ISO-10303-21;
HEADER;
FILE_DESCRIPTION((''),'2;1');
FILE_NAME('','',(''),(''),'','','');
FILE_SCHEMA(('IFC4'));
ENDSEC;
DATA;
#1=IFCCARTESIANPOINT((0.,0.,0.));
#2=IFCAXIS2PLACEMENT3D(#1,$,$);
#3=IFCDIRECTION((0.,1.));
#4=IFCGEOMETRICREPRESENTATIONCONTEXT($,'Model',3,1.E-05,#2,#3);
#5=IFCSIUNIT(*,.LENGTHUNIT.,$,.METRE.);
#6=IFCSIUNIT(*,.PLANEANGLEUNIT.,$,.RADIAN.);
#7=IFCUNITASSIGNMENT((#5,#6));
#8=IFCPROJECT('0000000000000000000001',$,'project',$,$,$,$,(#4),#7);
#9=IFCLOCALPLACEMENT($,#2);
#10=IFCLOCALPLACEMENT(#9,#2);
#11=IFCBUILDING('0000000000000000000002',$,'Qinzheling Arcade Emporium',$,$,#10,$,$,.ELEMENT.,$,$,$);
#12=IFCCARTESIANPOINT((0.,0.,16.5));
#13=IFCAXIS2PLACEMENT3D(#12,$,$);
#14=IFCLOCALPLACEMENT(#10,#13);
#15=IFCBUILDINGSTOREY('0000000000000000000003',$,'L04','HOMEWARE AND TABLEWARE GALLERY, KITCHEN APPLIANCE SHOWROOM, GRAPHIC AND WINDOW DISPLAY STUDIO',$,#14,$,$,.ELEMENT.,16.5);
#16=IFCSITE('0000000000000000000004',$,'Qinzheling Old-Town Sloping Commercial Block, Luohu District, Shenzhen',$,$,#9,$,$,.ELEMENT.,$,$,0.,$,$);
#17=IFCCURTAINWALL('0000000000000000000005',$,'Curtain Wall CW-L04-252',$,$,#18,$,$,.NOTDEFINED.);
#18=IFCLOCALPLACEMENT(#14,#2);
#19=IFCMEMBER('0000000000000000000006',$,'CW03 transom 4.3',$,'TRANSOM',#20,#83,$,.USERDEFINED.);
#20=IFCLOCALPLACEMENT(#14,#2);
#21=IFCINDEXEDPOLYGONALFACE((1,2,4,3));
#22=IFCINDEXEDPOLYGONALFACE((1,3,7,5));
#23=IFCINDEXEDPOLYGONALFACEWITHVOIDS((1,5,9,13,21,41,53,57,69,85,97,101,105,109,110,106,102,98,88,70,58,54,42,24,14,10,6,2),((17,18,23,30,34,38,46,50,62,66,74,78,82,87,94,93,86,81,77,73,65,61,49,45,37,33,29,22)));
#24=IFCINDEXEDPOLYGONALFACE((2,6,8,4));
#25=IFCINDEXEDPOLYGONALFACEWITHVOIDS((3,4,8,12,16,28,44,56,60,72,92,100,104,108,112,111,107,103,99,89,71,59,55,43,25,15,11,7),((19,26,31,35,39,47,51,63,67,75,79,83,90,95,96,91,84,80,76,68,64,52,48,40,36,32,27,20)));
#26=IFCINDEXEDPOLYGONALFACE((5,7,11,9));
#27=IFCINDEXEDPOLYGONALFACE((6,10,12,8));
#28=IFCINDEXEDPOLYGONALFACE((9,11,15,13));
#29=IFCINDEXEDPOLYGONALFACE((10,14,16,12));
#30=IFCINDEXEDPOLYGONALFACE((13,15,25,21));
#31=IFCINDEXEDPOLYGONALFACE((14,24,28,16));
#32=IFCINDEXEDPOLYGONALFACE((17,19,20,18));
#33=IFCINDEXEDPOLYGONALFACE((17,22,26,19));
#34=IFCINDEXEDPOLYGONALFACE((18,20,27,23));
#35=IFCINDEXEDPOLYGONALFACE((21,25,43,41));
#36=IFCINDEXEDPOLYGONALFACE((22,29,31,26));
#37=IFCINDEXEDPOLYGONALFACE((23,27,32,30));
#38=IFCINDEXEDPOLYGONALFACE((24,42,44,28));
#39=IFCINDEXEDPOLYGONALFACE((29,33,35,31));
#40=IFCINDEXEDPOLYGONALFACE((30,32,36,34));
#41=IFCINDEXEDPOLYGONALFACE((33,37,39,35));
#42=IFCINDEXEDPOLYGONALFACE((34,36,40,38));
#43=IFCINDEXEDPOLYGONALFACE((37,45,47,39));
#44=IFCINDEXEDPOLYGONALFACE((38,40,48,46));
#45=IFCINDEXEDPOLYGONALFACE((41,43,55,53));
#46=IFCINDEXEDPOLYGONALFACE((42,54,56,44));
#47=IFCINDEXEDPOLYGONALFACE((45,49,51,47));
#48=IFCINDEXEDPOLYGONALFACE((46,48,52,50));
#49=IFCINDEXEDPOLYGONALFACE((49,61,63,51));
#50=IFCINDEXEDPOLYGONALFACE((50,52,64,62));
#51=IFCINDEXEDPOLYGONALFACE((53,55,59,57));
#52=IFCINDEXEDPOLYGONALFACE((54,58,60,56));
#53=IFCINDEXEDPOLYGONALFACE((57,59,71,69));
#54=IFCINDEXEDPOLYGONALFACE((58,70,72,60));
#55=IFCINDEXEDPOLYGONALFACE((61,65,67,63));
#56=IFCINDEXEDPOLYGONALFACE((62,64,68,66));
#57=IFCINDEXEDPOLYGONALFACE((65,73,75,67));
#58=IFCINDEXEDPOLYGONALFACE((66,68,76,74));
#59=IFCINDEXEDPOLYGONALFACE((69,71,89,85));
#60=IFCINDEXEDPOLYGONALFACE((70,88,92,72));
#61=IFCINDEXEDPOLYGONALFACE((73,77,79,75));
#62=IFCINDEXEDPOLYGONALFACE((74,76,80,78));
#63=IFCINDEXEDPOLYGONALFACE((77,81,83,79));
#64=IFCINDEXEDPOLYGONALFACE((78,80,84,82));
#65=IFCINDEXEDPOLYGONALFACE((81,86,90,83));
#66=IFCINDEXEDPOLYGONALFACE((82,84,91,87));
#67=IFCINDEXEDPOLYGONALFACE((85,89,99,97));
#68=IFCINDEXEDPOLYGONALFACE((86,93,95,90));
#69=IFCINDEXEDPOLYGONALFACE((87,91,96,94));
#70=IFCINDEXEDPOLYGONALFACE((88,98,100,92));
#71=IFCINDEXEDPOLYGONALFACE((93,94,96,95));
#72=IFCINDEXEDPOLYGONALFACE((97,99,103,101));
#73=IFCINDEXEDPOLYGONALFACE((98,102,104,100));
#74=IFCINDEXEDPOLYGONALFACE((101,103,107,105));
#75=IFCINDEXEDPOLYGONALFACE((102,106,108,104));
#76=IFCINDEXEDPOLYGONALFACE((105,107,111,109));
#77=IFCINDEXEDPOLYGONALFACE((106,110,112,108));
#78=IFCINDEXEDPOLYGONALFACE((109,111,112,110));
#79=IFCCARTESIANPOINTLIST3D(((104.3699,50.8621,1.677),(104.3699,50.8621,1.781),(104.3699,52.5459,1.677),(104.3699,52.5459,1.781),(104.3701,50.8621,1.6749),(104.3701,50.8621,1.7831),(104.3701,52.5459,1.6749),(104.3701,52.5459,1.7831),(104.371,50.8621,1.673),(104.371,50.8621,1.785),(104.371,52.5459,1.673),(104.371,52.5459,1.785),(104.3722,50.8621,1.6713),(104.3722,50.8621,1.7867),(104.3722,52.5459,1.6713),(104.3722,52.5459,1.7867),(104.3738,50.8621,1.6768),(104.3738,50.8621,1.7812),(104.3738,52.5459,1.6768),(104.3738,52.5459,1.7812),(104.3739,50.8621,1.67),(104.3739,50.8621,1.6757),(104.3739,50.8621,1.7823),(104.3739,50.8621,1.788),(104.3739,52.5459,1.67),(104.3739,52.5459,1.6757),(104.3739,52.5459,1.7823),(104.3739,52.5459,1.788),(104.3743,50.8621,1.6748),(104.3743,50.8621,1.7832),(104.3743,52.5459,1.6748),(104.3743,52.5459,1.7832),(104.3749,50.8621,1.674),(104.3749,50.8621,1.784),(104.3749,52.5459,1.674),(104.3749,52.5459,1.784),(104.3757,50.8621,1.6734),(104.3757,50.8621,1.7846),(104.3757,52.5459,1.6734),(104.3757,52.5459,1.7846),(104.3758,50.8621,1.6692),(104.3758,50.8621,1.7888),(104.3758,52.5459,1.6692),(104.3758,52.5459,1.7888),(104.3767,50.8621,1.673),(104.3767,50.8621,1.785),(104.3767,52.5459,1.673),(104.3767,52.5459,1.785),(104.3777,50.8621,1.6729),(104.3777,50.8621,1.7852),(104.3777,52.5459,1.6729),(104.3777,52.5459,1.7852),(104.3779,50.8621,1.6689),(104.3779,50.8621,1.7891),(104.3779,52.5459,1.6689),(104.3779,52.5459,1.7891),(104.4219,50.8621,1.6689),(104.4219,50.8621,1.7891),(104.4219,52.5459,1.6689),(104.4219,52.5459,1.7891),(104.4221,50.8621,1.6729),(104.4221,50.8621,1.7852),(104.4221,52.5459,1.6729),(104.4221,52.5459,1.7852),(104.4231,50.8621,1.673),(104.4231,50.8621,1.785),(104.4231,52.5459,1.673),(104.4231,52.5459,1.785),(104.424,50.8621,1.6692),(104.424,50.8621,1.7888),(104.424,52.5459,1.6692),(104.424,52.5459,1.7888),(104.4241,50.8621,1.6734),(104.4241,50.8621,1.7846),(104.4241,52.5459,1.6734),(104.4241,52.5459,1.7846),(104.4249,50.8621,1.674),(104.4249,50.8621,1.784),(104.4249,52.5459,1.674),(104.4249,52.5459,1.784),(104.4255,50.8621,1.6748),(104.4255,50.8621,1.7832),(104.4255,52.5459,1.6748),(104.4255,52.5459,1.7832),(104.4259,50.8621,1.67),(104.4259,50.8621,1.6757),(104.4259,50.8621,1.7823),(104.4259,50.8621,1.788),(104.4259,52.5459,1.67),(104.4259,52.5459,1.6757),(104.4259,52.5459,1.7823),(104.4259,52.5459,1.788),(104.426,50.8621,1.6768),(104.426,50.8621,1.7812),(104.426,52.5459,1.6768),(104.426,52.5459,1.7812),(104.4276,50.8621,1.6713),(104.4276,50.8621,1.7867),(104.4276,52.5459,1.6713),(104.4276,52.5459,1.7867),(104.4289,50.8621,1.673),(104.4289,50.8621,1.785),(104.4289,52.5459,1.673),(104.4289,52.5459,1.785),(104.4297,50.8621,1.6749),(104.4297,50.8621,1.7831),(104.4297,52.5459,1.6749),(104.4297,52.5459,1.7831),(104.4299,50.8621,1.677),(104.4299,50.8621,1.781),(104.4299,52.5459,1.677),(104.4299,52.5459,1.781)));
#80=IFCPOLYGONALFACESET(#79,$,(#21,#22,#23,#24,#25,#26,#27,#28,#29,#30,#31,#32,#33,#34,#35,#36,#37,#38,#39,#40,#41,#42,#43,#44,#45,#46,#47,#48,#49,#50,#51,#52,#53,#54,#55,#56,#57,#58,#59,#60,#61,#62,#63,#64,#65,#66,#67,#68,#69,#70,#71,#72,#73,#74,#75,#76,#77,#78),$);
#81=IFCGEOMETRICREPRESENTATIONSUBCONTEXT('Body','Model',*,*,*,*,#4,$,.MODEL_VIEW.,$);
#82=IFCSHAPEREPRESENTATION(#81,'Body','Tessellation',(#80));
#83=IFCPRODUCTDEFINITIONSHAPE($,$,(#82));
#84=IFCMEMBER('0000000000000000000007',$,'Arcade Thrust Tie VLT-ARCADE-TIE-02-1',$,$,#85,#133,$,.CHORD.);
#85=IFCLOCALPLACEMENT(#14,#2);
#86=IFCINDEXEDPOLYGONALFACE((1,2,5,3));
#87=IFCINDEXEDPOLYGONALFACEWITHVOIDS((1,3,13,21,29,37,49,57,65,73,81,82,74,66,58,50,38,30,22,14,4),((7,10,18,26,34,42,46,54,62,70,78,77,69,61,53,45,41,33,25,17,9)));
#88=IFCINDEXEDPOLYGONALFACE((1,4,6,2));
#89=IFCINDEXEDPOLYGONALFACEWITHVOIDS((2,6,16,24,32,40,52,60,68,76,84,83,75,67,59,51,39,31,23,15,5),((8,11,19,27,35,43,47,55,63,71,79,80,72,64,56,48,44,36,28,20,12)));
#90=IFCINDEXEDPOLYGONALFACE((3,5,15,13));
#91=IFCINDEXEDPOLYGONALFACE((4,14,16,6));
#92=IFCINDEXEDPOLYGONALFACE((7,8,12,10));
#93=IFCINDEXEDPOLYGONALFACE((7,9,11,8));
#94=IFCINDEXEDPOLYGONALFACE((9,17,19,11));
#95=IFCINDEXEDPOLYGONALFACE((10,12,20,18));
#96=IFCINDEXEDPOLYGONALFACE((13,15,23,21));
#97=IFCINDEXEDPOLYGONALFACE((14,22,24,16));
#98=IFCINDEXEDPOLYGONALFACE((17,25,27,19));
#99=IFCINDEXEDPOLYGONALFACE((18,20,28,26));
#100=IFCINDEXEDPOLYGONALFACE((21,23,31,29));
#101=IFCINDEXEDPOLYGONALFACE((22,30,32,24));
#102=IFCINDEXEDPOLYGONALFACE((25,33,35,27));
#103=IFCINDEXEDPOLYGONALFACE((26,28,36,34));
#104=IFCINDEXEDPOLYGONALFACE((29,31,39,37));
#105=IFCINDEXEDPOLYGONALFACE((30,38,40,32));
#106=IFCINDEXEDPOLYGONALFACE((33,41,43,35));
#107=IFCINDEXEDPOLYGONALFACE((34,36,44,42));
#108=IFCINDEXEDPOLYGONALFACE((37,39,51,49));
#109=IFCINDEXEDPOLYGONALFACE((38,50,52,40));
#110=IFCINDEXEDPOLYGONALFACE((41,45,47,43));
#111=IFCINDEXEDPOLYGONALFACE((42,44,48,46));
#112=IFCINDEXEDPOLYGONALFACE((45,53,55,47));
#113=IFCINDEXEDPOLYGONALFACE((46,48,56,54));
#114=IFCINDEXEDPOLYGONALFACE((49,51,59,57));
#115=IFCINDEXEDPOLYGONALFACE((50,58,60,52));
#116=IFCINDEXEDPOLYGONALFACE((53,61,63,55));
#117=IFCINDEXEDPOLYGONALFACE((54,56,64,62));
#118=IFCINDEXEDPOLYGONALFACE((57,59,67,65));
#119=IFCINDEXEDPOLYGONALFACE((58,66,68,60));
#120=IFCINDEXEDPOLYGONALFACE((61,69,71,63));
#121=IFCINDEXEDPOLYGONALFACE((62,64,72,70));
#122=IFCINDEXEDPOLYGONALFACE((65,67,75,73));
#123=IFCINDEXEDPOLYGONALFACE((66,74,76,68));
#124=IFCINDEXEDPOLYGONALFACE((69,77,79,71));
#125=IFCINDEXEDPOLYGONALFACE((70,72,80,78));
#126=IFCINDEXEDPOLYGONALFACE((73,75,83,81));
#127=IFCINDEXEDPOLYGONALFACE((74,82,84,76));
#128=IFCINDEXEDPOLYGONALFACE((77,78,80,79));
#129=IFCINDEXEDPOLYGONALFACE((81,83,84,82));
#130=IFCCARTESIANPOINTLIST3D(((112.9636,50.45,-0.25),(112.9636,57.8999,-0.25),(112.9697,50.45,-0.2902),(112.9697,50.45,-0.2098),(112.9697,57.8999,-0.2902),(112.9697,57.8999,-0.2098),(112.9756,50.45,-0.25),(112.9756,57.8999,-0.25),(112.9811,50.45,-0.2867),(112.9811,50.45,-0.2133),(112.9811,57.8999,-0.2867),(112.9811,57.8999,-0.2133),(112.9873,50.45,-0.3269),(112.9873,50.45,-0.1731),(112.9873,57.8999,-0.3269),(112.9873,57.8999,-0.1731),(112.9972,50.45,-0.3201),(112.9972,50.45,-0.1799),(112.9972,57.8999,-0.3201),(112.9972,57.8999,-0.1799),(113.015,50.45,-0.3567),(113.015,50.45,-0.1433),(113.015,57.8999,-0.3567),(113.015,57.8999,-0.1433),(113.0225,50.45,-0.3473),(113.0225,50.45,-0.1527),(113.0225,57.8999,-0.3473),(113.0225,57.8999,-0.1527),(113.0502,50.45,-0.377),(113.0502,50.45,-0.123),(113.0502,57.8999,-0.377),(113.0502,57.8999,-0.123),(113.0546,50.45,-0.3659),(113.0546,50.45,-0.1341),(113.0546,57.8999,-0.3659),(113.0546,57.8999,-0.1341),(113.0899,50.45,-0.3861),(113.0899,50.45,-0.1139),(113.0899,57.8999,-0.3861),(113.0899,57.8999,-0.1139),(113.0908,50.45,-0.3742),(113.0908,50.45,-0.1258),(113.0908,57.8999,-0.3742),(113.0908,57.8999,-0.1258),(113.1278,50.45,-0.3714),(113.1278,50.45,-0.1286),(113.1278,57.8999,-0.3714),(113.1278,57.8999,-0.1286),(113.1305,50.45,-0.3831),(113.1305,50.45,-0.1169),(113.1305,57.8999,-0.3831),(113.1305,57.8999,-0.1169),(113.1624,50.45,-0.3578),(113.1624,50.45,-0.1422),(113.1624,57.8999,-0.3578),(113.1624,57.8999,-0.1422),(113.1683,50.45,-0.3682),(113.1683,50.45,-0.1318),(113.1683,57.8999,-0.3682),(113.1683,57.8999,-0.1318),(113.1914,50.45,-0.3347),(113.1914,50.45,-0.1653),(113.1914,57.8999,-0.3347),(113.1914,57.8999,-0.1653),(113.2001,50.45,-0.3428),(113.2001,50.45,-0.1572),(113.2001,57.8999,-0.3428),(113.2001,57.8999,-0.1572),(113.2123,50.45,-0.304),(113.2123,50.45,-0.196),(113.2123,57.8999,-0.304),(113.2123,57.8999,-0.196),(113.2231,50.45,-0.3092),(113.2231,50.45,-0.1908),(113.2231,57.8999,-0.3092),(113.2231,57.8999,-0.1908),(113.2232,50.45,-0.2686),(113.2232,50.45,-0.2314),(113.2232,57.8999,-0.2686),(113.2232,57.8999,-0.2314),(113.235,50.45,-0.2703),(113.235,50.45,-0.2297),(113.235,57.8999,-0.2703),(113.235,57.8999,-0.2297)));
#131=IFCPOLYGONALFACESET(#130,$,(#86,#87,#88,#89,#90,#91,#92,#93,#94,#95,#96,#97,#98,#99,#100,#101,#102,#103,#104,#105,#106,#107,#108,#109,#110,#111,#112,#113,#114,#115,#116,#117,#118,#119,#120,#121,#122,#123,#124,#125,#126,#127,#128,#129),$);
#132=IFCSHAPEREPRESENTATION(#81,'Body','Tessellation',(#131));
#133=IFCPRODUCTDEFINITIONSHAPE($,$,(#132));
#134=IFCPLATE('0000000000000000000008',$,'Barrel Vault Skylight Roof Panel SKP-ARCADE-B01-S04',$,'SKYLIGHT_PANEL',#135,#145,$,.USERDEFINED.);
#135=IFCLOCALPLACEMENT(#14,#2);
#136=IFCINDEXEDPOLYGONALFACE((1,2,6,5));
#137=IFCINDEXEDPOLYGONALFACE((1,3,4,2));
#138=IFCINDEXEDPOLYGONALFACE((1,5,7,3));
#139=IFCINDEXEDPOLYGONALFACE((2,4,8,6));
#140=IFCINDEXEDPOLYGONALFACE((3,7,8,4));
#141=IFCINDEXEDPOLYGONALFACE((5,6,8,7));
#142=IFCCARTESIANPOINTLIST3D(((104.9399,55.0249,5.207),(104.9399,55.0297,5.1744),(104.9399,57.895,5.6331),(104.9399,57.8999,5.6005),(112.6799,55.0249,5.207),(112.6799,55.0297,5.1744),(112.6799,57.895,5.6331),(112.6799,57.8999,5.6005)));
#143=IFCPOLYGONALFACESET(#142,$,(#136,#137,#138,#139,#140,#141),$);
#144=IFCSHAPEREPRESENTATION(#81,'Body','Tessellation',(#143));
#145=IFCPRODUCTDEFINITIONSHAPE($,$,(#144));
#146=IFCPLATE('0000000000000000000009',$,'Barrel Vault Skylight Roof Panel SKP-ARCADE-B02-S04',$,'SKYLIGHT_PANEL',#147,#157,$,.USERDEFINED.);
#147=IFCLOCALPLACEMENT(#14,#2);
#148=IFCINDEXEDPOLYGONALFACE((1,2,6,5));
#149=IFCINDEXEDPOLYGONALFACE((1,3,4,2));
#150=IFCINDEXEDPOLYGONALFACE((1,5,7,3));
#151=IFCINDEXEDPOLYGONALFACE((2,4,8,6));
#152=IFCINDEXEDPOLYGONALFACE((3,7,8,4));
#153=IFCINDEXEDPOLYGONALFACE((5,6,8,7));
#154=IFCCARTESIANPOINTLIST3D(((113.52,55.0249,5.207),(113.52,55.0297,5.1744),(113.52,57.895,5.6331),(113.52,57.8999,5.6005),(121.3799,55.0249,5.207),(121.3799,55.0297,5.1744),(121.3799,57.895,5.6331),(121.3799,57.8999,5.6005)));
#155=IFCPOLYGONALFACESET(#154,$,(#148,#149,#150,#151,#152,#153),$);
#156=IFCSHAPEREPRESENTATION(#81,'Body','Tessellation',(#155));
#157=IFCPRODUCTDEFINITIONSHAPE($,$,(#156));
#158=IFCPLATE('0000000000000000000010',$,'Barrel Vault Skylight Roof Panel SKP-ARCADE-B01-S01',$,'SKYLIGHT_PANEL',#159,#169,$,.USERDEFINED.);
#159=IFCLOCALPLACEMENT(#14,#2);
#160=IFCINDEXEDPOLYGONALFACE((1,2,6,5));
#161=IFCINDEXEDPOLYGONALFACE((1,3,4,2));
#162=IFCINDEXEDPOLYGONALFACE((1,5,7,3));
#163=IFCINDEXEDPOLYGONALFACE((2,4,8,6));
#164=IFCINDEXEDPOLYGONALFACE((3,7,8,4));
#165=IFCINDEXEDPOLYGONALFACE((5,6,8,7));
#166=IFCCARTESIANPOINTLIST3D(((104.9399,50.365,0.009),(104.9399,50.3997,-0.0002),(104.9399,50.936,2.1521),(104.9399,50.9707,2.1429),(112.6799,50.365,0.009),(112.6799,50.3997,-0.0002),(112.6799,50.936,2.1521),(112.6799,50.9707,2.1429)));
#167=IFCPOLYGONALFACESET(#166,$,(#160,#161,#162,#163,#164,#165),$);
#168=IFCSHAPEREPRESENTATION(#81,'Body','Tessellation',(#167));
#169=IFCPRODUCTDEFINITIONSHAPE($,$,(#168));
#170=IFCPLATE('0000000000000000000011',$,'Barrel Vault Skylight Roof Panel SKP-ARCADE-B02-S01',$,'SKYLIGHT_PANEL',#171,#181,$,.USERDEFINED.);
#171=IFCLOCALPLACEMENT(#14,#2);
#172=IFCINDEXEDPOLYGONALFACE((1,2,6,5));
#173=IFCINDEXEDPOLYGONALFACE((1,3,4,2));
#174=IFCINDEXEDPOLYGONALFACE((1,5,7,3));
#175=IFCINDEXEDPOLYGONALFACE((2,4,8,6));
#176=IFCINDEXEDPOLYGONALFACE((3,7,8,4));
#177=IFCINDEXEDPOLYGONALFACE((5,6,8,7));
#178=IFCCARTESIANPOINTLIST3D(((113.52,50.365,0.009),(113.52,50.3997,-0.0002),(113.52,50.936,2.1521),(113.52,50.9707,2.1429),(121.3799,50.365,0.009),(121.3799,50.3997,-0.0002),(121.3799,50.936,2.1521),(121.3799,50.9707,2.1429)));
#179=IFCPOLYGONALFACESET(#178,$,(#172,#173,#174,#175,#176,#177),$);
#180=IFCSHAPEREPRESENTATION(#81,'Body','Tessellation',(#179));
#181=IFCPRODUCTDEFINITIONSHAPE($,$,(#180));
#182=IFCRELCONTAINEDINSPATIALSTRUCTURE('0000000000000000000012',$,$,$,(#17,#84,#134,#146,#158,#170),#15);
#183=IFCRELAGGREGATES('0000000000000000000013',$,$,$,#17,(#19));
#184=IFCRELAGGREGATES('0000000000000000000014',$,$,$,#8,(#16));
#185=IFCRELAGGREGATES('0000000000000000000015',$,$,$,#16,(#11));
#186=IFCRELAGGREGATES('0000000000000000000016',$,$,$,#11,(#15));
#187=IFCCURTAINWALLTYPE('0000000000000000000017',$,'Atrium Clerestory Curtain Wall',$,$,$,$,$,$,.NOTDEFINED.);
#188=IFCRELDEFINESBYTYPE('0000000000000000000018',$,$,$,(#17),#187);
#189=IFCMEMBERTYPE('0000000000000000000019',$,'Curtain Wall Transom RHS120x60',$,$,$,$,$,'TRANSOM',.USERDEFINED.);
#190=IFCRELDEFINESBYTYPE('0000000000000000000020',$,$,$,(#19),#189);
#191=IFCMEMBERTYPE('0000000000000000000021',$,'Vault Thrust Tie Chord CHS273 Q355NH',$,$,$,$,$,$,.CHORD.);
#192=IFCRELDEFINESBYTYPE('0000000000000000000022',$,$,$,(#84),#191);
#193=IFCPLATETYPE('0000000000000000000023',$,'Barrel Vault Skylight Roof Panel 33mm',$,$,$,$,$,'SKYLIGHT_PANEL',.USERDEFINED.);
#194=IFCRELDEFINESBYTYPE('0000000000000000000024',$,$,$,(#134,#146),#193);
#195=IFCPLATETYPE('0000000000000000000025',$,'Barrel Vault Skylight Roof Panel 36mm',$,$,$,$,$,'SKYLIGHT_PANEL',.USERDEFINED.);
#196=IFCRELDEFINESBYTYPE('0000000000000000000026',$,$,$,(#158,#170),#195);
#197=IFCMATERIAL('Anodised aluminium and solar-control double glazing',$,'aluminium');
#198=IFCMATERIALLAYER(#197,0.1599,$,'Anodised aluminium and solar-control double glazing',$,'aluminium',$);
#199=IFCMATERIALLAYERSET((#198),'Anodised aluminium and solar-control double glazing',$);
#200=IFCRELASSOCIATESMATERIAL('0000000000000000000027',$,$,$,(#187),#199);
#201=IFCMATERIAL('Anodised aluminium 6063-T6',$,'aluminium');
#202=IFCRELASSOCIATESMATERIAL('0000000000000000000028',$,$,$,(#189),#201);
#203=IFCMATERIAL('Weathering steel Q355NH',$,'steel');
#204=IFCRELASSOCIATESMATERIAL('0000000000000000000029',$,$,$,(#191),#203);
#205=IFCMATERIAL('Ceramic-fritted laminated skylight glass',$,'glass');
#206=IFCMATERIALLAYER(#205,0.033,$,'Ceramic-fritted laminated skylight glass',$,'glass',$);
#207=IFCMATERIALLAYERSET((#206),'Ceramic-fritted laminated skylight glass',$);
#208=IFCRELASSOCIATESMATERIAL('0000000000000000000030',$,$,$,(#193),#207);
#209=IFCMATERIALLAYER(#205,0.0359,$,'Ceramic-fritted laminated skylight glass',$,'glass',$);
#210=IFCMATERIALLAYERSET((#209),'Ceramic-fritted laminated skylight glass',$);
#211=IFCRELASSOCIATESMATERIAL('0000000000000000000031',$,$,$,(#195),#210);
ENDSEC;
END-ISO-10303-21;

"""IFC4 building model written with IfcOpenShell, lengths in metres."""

from ifc_helpers import new_model, si_unit, direction, frame, origin, origin_2d, place, context, subcontext, project, spatial, polyline, hollow_rectangle, hollow_circle, outline, extrude, material, layer, layer_set, material_profile, profile_set, type_object, element, aggregate, save


model = new_model("IFC4")

# Units and contexts
model_context = context("Model", 3, precision=1e-05, world=origin(), true_north=direction((0.0, 1.0)))
body_context = subcontext(model_context, "Body", "Model", "MODEL_VIEW")
ifc_project = project(units=[si_unit("LENGTHUNIT", "METRE"), si_unit("PLANEANGLEUNIT", "RADIAN")], contexts=[model_context])

# Site, building, storey
site_placement = place(None, origin())
site = spatial("IfcSite", under=ifc_project, at=site_placement, Name="Qinzheling Old-Town Sloping Commercial Block, Luohu District, Shenzhen", CompositionType="ELEMENT", RefElevation=0.0)
building_placement = place(site_placement, origin())
building = spatial("IfcBuilding", under=site, at=building_placement, Name="Qinzheling Arcade Emporium", CompositionType="ELEMENT")
storey_placement = place(building_placement, frame((0.0, 0.0, 16.5)))
storey = spatial("IfcBuildingStorey", under=building, at=storey_placement, Name="L04", Description="HOMEWARE AND TABLEWARE GALLERY, KITCHEN APPLIANCE SHOWROOM, GRAPHIC AND WINDOW DISPLAY STUDIO", CompositionType="ELEMENT", Elevation=16.5)

# Shared definitions
ifc_material_1 = material(Name="Weathering steel Q355NH", Category="steel")

# Curtain wall, member
ifc_material_2 = material(Name="Anodised aluminium and solar-control double glazing", Category="aluminium")
ifc_layer_1 = layer(ifc_material_2, 0.1599, Name="Anodised aluminium and solar-control double glazing", Category="aluminium")
ifc_layer_set_1 = layer_set([ifc_layer_1], Name="Anodised aluminium and solar-control double glazing")
curtain_wall_type = type_object("IfcCurtainWallType", Name="Atrium Clerestory Curtain Wall", PredefinedType="NOTDEFINED", material=ifc_layer_set_1)
curtain_wall_placement = place(storey_placement, origin())
curtain_wall = element("IfcCurtainWall", 1, at=curtain_wall_placement, inside=storey, type_object=curtain_wall_type, Name="Curtain Wall CW-L04-252", PredefinedType="NOTDEFINED")
ifc_material_3 = material(Name="Anodised aluminium 6063-T6", Category="aluminium")
ifc_material_profile_1 = material_profile(ifc_material_3, hollow_rectangle(XDim=0.0601, YDim=0.1201, WallThickness=0.0039, InnerFilletRadius=0.0039, OuterFilletRadius=0.0081, at=origin_2d()), Name="RHS 120x60x4", Category="aluminium")
ifc_profile_set_1 = profile_set([ifc_material_profile_1], Name="Anodised aluminium 6063-T6")
member_type_1 = type_object("IfcMemberType", Name="Curtain Wall Transom RHS120x60", ElementType="TRANSOM", PredefinedType="USERDEFINED", material=ifc_profile_set_1)
member_1_placement = place(storey_placement, frame((104.3999, 52.5459, 1.729), z_axis=(0.0, -1.0, 0.0), x_axis=(1.0, 0.0, 0.0)))
member_1 = element("IfcMember", 2, at=member_1_placement, type_object=member_type_1, Name="CW03 transom 4.3", ObjectType="TRANSOM", PredefinedType="USERDEFINED", context=body_context, shape_type="SweptSolid", body=[
    extrude(hollow_rectangle(XDim=0.0601, YDim=0.1201, WallThickness=0.0039, InnerFilletRadius=0.0039, OuterFilletRadius=0.0081, at=origin_2d()), origin(), (0.0, 0.0, 1.0), 1.6838),
])

# Member
ifc_material_profile_2 = material_profile(ifc_material_1, hollow_circle(Radius=0.1365, WallThickness=0.012, at=origin_2d()), Name="CHS 273x12", Category="steel")
ifc_profile_set_2 = profile_set([ifc_material_profile_2], Name="Weathering steel Q355NH")
member_type_2 = type_object("IfcMemberType", Name="Vault Thrust Tie Chord CHS273 Q355NH", PredefinedType="CHORD", material=ifc_profile_set_2)
member_2_placement = place(storey_placement, frame((113.1001, 50.45, -0.25), z_axis=(0.0, 1.0, 0.0), x_axis=(-1.0, 0.0, 0.0)))
element("IfcMember", 3, at=member_2_placement, inside=storey, type_object=member_type_2, Name="Arcade Thrust Tie VLT-ARCADE-TIE-02-1", PredefinedType="CHORD", context=body_context, shape_type="SweptSolid", body=[
    extrude(hollow_circle(Radius=0.1365, WallThickness=0.012, at=origin_2d()), origin(), (0.0, 0.0, 1.0), 7.45),
])

# Plates
ifc_material_4 = material(Name="Ceramic-fritted laminated skylight glass", Category="glass")
ifc_layer_2 = layer(ifc_material_4, 0.033, Name="Ceramic-fritted laminated skylight glass", Category="glass")
ifc_layer_set_2 = layer_set([ifc_layer_2], Name="Ceramic-fritted laminated skylight glass")
plate_type_1 = type_object("IfcPlateType", Name="Barrel Vault Skylight Roof Panel 33mm", ElementType="SKYLIGHT_PANEL", PredefinedType="USERDEFINED", material=ifc_layer_set_2)
plate_1_placement = place(storey_placement, frame((104.9399, 55.0249, 5.207), z_axis=(0.0, -0.146826, 0.989162), x_axis=(1.0, 0.0, 0.0)))
element("IfcPlate", 4, at=plate_1_placement, inside=storey, type_object=plate_type_1, Name="Barrel Vault Skylight Roof Panel SKP-ARCADE-B01-S04", ObjectType="SKYLIGHT_PANEL", PredefinedType="USERDEFINED", context=body_context, shape_type="SweptSolid", body=[
    extrude(outline(polyline([(0.0, 0.0), (7.74, 0.0), (7.74, 2.9016), (0.0, 2.9016), (0.0, 0.0)])), origin(), (0.0, 0.0, -1.0), 0.033),
])
plate_2_placement = place(storey_placement, frame((113.52, 55.0249, 5.207), z_axis=(0.0, -0.146826, 0.989162), x_axis=(1.0, 0.0, 0.0)))
element("IfcPlate", 5, at=plate_2_placement, inside=storey, type_object=plate_type_1, Name="Barrel Vault Skylight Roof Panel SKP-ARCADE-B02-S04", ObjectType="SKYLIGHT_PANEL", PredefinedType="USERDEFINED", context=body_context, shape_type="SweptSolid", body=[
    extrude(outline(polyline([(0.0, 0.0), (7.8599, 0.0), (7.8599, 2.9016), (0.0, 2.9016), (0.0, 0.0)])), origin(), (0.0, 0.0, -1.0), 0.033),
])
ifc_layer_3 = layer(ifc_material_4, 0.0359, Name="Ceramic-fritted laminated skylight glass", Category="glass")
ifc_layer_set_3 = layer_set([ifc_layer_3], Name="Ceramic-fritted laminated skylight glass")
plate_type_2 = type_object("IfcPlateType", Name="Barrel Vault Skylight Roof Panel 36mm", ElementType="SKYLIGHT_PANEL", PredefinedType="USERDEFINED", material=ifc_layer_set_3)
plate_3_placement = place(storey_placement, frame((104.9399, 50.365, 0.009), z_axis=(0.0, -0.966284, 0.257478), x_axis=(1.0, 0.0, 0.0)))
element("IfcPlate", 6, at=plate_3_placement, inside=storey, type_object=plate_type_2, Name="Barrel Vault Skylight Roof Panel SKP-ARCADE-B01-S01", ObjectType="SKYLIGHT_PANEL", PredefinedType="USERDEFINED", context=body_context, shape_type="SweptSolid", body=[
    extrude(outline(polyline([(0.0, 0.0), (7.74, 0.0), (7.74, 2.2178), (0.0, 2.2178), (0.0, 0.0)])), origin(), (0.0, 0.0, -1.0), 0.0359),
])
plate_4_placement = place(storey_placement, frame((113.52, 50.365, 0.009), z_axis=(0.0, -0.966284, 0.257478), x_axis=(1.0, 0.0, 0.0)))
element("IfcPlate", 7, at=plate_4_placement, inside=storey, type_object=plate_type_2, Name="Barrel Vault Skylight Roof Panel SKP-ARCADE-B02-S01", ObjectType="SKYLIGHT_PANEL", PredefinedType="USERDEFINED", context=body_context, shape_type="SweptSolid", body=[
    extrude(outline(polyline([(0.0, 0.0), (7.8599, 0.0), (7.8599, 2.2178), (0.0, 2.2178), (0.0, 0.0)])), origin(), (0.0, 0.0, -1.0), 0.0359),
])

aggregate(curtain_wall, [member_1])

save(model, "model.ifc")
